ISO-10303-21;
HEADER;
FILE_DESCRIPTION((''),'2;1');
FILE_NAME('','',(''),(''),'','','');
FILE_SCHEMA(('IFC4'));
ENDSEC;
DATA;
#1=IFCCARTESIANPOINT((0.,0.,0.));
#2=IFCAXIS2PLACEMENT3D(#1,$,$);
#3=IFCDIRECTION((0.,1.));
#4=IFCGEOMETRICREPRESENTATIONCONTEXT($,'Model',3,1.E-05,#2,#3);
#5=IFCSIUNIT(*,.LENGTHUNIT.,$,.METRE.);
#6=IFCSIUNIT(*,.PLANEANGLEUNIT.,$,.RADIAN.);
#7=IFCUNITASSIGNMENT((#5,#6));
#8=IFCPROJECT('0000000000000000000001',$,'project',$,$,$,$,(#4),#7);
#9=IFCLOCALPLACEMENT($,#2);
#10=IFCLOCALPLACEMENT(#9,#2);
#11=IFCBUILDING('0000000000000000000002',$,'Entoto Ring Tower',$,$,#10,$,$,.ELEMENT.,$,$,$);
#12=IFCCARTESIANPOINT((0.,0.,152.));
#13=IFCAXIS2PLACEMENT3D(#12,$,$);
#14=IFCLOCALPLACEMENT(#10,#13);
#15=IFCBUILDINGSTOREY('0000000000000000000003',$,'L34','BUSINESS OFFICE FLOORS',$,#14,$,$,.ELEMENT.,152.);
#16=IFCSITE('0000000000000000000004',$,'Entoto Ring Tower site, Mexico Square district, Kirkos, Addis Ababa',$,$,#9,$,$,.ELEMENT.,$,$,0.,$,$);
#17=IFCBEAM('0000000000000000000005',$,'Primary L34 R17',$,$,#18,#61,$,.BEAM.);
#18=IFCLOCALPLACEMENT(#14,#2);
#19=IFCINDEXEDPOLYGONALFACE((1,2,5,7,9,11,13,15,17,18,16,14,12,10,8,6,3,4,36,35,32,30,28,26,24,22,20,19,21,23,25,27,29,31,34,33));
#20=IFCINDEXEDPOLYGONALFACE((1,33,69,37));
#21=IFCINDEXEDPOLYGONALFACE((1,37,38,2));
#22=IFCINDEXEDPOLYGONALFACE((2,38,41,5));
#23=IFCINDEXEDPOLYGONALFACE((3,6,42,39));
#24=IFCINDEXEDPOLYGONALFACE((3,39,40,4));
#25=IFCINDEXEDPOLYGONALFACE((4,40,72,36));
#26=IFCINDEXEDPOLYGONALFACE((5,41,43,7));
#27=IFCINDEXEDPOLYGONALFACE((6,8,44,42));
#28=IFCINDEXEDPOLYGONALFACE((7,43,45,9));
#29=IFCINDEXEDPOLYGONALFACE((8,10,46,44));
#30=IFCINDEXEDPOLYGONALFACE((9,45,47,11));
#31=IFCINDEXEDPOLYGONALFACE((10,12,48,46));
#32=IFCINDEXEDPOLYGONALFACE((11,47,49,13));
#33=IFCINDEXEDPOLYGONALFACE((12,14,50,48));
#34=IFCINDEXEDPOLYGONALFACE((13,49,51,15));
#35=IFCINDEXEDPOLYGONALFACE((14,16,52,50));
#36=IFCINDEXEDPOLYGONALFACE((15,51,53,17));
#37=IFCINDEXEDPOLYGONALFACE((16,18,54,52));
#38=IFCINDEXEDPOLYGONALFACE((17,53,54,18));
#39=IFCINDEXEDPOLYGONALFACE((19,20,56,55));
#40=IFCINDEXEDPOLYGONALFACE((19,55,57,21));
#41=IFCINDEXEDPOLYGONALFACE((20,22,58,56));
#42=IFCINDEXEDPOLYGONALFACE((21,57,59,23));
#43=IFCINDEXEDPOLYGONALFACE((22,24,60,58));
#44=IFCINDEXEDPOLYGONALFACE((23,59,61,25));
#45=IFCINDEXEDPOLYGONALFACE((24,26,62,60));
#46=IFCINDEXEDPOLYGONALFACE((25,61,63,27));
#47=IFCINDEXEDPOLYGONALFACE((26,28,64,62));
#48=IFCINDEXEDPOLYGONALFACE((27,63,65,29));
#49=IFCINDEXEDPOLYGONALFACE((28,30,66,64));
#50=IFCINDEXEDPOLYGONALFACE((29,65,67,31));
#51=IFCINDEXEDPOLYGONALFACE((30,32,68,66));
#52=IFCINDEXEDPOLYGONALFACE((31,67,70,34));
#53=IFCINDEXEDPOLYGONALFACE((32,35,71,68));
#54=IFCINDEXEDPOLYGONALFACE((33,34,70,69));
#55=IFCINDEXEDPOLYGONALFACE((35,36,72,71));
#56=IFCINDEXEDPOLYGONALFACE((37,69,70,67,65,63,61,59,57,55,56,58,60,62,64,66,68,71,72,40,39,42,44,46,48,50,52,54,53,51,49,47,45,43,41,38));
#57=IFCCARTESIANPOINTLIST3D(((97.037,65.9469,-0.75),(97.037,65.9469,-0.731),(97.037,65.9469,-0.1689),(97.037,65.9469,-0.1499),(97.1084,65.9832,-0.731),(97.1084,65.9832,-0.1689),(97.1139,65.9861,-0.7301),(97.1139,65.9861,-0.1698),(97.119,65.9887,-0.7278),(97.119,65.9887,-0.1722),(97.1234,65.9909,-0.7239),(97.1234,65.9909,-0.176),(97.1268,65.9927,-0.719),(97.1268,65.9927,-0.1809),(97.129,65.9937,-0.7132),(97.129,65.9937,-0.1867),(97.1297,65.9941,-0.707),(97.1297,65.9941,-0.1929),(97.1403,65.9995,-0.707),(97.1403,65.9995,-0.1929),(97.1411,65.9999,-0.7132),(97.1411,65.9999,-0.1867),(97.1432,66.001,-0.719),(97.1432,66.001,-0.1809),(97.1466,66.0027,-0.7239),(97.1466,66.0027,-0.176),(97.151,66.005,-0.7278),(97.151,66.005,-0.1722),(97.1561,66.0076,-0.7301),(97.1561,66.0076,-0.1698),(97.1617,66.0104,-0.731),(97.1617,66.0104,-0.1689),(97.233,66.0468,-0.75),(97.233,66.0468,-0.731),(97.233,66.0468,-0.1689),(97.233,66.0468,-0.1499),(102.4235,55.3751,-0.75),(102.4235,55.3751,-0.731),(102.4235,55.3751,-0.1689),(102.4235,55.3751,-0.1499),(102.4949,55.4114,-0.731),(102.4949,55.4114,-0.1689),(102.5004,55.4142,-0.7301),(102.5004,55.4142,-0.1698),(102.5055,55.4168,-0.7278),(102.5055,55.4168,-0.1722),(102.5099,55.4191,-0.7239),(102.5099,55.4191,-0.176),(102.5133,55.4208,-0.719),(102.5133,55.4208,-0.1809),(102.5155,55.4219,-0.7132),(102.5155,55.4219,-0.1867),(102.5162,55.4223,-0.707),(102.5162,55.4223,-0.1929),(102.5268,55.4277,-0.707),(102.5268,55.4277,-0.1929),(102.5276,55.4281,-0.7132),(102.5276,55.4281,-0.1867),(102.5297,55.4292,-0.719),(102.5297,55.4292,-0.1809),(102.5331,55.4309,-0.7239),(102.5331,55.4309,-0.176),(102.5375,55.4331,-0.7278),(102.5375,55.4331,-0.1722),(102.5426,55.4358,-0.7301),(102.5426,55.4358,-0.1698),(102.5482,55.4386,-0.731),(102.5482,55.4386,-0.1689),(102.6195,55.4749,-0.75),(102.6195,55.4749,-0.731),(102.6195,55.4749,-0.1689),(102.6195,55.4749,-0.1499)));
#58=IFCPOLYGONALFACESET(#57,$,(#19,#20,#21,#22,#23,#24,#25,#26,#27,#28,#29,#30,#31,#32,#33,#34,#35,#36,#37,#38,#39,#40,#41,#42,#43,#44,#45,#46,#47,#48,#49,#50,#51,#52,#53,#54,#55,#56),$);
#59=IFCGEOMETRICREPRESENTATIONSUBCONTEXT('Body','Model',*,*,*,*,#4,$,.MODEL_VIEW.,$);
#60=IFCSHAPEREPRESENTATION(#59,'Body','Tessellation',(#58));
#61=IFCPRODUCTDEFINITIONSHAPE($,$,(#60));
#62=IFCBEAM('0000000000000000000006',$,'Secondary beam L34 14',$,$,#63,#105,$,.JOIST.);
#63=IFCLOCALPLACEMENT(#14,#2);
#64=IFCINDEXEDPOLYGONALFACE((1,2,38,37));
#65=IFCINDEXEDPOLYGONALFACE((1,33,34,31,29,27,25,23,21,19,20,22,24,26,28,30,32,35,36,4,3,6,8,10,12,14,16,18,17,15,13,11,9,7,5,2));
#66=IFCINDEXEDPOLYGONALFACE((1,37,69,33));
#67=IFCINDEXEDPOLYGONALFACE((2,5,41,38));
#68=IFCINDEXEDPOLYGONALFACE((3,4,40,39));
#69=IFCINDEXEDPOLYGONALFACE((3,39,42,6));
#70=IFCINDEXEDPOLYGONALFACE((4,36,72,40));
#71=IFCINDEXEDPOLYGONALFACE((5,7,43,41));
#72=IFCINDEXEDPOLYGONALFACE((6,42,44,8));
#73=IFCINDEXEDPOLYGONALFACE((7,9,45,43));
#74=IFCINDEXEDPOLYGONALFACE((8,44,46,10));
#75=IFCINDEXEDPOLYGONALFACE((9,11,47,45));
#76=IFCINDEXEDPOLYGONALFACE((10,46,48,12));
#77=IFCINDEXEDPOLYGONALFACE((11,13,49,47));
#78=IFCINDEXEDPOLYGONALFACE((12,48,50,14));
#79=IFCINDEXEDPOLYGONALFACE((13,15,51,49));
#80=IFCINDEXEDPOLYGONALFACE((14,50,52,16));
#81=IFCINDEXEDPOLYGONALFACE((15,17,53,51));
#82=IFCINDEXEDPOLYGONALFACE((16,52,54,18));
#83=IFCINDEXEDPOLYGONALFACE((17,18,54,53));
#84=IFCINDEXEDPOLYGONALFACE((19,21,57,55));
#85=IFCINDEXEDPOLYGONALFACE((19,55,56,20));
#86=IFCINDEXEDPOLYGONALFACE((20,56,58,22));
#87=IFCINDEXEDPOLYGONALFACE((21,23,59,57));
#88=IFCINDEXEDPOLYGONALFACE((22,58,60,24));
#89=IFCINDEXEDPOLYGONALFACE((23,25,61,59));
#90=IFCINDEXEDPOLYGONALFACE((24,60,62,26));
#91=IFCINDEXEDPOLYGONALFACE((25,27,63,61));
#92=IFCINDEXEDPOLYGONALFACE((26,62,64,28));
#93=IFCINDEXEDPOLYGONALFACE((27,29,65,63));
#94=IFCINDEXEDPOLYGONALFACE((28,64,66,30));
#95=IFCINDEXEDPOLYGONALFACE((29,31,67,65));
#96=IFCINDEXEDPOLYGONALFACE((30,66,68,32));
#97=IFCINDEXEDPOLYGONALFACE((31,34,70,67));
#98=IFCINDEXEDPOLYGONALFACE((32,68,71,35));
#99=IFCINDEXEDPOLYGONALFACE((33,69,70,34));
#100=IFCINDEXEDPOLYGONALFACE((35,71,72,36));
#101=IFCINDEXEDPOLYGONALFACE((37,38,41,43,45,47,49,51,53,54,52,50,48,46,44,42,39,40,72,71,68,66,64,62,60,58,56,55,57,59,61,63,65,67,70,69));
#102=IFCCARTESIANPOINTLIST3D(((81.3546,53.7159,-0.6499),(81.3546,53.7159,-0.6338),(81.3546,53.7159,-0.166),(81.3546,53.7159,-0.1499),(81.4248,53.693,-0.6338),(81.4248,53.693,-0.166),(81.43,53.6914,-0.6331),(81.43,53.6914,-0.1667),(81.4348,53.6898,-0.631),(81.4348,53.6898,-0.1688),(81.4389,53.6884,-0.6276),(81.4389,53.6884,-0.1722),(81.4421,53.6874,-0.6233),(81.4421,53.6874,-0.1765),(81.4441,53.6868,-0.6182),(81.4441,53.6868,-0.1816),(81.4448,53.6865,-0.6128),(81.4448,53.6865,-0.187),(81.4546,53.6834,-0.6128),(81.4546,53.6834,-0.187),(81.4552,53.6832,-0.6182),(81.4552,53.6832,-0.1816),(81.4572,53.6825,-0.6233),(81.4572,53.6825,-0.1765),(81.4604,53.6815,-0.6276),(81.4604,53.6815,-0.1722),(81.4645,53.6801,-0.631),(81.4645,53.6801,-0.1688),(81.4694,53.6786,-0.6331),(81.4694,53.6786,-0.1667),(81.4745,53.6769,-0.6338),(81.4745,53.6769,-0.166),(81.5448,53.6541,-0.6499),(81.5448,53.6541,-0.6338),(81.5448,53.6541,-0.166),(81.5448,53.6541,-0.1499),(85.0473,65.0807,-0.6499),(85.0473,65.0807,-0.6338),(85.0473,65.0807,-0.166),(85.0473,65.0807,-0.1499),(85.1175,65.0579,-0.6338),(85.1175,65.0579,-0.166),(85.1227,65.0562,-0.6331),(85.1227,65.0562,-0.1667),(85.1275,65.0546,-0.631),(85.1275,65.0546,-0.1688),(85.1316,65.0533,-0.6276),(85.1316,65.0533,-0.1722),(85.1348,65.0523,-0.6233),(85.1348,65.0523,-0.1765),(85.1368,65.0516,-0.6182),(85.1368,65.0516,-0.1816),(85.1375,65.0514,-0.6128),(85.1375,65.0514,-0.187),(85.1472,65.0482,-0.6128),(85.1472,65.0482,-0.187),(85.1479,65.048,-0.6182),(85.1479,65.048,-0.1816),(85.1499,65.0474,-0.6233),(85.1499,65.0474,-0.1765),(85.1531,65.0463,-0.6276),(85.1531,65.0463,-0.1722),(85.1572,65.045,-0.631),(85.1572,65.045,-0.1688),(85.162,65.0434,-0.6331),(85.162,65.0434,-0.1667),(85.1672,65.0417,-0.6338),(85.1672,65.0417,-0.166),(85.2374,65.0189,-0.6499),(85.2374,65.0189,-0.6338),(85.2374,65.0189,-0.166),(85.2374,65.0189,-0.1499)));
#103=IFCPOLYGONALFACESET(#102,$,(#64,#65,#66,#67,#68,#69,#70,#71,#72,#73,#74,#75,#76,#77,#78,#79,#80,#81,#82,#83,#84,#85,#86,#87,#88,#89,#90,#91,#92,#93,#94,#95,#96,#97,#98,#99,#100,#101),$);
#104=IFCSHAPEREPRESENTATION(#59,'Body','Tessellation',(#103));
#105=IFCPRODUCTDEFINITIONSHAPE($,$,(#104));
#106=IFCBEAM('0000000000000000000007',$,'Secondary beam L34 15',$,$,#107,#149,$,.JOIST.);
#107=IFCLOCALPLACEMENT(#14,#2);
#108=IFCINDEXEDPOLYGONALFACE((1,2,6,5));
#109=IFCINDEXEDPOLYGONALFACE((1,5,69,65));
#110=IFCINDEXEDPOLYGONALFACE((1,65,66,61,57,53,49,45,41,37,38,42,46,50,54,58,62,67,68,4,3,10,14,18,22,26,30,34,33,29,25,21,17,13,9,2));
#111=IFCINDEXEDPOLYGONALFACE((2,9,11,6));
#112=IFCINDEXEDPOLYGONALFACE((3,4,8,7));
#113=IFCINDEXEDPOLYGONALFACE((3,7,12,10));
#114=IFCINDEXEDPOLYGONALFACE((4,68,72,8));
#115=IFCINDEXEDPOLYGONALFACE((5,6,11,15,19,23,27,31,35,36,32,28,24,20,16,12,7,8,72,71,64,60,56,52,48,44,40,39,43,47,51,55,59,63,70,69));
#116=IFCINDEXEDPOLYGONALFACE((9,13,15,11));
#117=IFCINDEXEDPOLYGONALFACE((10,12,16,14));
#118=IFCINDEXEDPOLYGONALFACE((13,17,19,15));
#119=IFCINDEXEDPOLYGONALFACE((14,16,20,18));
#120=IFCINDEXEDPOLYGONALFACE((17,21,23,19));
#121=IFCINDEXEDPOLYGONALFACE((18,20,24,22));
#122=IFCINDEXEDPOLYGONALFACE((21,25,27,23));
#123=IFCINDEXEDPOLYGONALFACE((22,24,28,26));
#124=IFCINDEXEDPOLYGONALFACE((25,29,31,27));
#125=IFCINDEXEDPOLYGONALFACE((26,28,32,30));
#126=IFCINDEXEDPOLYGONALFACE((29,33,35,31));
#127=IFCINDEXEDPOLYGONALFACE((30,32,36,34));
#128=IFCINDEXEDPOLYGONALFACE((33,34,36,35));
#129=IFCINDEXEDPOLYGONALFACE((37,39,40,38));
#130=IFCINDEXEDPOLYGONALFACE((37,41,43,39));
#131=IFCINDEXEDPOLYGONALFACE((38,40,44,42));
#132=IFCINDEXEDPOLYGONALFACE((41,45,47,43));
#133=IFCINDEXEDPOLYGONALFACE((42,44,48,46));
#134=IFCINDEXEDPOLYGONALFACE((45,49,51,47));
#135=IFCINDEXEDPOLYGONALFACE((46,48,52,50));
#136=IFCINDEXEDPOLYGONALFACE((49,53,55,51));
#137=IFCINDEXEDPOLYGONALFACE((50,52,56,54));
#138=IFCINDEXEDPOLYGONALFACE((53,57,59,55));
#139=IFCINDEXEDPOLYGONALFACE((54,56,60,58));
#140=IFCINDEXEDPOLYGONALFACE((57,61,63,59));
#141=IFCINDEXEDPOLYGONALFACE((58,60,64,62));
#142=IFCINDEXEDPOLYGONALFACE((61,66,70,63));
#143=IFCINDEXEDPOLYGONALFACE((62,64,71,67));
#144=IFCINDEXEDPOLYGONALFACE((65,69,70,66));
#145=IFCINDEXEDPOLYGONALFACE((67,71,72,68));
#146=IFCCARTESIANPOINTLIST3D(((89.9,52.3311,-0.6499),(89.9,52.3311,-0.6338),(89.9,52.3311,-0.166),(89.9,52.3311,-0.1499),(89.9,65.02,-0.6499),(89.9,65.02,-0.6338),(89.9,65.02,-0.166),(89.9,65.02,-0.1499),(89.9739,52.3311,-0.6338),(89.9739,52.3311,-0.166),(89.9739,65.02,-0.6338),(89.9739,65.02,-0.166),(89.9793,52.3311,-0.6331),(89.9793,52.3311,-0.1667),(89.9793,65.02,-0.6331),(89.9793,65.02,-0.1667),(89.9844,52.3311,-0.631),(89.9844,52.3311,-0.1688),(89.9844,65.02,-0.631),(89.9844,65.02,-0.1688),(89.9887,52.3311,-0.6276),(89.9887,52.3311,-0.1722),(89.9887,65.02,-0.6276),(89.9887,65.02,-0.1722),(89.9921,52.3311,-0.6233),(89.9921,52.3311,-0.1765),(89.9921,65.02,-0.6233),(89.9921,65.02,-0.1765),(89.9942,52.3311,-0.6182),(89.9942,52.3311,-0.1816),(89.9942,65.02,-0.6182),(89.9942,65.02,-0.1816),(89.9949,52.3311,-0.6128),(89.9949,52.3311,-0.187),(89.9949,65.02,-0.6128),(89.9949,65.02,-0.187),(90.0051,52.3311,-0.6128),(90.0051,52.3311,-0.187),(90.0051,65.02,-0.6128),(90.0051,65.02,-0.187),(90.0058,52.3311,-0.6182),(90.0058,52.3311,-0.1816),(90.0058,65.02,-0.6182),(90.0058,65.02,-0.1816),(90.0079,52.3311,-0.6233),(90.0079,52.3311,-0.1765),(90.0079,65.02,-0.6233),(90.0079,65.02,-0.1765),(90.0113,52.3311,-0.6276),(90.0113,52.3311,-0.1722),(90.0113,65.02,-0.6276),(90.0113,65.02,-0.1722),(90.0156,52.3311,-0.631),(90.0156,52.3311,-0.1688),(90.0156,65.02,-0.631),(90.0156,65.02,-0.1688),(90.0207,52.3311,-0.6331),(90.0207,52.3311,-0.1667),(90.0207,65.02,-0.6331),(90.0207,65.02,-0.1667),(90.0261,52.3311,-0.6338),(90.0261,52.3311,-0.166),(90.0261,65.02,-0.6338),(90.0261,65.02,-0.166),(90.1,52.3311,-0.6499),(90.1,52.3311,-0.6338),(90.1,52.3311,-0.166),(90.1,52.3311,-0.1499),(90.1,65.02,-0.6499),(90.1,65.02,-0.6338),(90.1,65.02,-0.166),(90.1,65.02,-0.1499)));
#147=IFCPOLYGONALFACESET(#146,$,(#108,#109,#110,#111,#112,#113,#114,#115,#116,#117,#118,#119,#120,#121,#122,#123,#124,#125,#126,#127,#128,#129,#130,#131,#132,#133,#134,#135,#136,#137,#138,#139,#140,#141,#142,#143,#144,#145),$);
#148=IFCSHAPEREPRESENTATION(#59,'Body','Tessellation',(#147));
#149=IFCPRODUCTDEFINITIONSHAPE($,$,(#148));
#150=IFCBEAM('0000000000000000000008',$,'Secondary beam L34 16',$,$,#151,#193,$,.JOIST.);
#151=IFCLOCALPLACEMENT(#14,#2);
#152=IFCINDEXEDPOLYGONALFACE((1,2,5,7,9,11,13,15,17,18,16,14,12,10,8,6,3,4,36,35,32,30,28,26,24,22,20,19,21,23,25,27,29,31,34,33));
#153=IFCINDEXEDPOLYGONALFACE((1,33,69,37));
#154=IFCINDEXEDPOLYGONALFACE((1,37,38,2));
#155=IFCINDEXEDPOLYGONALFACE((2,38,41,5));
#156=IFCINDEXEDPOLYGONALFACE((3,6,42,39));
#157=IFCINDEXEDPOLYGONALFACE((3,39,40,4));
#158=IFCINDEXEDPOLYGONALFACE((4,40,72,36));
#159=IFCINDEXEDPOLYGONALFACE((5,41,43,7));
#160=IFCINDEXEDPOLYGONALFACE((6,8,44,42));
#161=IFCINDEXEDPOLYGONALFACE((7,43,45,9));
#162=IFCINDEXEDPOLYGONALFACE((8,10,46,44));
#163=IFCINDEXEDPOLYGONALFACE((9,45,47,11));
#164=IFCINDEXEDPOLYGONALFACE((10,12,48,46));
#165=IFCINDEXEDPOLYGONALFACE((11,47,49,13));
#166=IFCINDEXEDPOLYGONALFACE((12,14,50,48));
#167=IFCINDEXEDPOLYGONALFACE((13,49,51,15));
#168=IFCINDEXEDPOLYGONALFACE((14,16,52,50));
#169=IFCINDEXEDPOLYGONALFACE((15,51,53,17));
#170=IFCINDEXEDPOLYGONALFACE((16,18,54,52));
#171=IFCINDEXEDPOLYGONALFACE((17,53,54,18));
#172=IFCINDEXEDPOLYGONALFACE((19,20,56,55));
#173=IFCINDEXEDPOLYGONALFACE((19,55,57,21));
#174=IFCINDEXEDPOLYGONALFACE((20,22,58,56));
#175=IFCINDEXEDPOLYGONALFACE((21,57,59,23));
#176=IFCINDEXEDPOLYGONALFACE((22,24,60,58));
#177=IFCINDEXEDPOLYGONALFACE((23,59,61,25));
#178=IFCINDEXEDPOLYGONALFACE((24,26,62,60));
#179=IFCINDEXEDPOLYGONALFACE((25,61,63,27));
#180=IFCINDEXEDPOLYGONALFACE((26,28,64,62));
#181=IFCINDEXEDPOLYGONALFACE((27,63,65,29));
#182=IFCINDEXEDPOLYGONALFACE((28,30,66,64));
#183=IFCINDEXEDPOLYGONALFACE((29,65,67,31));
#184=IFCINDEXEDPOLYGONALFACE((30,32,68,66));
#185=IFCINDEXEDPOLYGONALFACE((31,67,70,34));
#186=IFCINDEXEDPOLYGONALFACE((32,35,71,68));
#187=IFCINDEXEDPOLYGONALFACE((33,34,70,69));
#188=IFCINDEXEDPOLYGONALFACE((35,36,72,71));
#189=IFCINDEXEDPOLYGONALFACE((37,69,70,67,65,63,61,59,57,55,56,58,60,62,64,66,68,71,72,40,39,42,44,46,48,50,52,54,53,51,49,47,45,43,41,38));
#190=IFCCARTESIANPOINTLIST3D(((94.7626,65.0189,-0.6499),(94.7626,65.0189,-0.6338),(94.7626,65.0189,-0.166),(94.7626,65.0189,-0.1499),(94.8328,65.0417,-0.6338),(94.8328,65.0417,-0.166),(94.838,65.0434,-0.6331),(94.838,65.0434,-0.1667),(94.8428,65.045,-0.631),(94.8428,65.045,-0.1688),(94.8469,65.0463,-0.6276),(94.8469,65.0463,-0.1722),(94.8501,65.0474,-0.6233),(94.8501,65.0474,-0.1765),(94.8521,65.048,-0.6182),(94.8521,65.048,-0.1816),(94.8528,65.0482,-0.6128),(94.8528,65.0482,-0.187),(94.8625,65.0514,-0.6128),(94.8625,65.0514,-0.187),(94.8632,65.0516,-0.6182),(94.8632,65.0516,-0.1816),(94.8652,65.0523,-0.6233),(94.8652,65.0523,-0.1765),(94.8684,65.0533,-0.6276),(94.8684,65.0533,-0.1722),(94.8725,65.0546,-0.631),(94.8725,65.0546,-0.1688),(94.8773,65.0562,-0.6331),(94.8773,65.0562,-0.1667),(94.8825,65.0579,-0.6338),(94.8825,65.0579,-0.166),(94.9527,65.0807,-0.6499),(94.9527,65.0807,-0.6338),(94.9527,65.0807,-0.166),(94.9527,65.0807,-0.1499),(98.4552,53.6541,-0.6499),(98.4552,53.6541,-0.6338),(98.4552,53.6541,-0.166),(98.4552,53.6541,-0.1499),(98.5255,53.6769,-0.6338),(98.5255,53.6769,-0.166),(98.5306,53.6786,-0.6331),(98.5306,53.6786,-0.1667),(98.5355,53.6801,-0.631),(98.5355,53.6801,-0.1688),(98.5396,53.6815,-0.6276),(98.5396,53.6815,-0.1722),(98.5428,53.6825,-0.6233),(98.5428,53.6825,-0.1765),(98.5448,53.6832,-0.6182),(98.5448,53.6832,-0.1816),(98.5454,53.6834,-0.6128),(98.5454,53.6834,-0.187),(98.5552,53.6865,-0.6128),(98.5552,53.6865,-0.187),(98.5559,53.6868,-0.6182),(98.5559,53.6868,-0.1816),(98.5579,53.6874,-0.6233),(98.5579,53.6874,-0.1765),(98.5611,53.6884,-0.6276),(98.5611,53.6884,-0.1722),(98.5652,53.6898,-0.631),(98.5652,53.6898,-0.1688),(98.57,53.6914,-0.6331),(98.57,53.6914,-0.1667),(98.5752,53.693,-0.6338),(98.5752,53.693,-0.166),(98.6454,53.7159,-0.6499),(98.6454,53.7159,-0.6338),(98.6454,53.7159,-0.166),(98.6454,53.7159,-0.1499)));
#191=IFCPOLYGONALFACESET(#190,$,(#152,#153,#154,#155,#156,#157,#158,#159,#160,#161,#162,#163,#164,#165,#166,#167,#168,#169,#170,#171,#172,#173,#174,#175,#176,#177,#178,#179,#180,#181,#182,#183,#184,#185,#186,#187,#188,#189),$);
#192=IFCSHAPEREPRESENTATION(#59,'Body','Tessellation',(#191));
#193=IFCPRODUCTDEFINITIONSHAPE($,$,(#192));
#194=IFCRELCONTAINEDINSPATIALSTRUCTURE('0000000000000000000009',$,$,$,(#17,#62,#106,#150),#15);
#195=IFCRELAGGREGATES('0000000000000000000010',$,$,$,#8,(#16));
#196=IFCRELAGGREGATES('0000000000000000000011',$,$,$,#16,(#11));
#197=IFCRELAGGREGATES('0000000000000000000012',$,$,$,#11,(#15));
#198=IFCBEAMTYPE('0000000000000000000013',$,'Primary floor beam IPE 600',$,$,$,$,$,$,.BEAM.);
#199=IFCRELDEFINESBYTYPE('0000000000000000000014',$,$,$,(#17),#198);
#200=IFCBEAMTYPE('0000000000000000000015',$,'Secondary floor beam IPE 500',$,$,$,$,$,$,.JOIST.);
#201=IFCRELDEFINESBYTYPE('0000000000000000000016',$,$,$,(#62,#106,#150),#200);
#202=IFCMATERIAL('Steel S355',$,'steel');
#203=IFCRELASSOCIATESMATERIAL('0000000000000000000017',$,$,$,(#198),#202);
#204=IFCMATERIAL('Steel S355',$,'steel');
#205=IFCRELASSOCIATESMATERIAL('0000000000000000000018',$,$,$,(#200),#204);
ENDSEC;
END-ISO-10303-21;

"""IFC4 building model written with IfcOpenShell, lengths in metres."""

from ifc_helpers import new_model, si_unit, direction, frame, origin, origin_2d, place, context, subcontext, project, spatial, i_section, extrude, material, material_profile, profile_set, type_object, element, save


model = new_model("IFC4")

# Units and contexts
model_context = context("Model", 3, precision=1e-05, world=origin(), true_north=direction((0.0, 1.0)))
body_context = subcontext(model_context, "Body", "Model", "MODEL_VIEW")
ifc_project = project(units=[si_unit("LENGTHUNIT", "METRE"), si_unit("PLANEANGLEUNIT", "RADIAN")], contexts=[model_context])

# Site, building, storey
site_placement = place(None, origin())
site = spatial("IfcSite", under=ifc_project, at=site_placement, Name="Entoto Ring Tower site, Mexico Square district, Kirkos, Addis Ababa", CompositionType="ELEMENT", RefElevation=0.0)
building_placement = place(site_placement, origin())
building = spatial("IfcBuilding", under=site, at=building_placement, Name="Entoto Ring Tower", CompositionType="ELEMENT")
storey_placement = place(building_placement, frame((0.0, 0.0, 152.0)))
storey = spatial("IfcBuildingStorey", under=building, at=storey_placement, Name="L34", Description="BUSINESS OFFICE FLOORS", CompositionType="ELEMENT", Elevation=152.0)

# Beams
ifc_material_1 = material(Name="Steel S355", Category="steel")
ifc_material_profile_1 = material_profile(ifc_material_1, i_section(OverallWidth=0.22, OverallDepth=0.6001, WebThickness=0.012, FlangeThickness=0.019, FilletRadius=0.0239, at=origin_2d()), Name="IPE 600")
ifc_profile_set_1 = profile_set([ifc_material_profile_1], Name="Steel S355")
beam_type_1 = type_object("IfcBeamType", Name="Primary floor beam IPE 600", PredefinedType="BEAM", material=ifc_profile_set_1)
beam_1_placement = place(storey_placement, frame((97.135, 65.9968, -0.45), z_axis=(0.453983, -0.89101, 0.0), x_axis=(0.89101, 0.453983, 0.0)))
element("IfcBeam", 1, at=beam_1_placement, inside=storey, type_object=beam_type_1, Name="Primary L34 R17", PredefinedType="BEAM", context=body_context, shape_type="SweptSolid", body=[
    extrude(i_section(OverallWidth=0.22, OverallDepth=0.6001, WebThickness=0.012, FlangeThickness=0.019, FilletRadius=0.0239, at=origin_2d()), origin(), (0.0, 0.0, 1.0), 11.865),
])
ifc_material_2 = material(Name="Steel S355", Category="steel")
ifc_material_profile_2 = material_profile(ifc_material_2, i_section(OverallWidth=0.2, OverallDepth=0.5, WebThickness=0.0103, FlangeThickness=0.0161, FilletRadius=0.021, at=origin_2d()), Name="IPE 500")
ifc_profile_set_2 = profile_set([ifc_material_profile_2], Name="Steel S355")
beam_type_2 = type_object("IfcBeamType", Name="Secondary floor beam IPE 500", PredefinedType="JOIST", material=ifc_profile_set_2)
beam_2_placement = place(storey_placement, frame((85.1423, 65.0498, -0.3999), z_axis=(-0.309017, -0.951057, 0.0), x_axis=(0.951057, -0.309017, 0.0)))
element("IfcBeam", 2, at=beam_2_placement, inside=storey, type_object=beam_type_2, Name="Secondary beam L34 14", PredefinedType="JOIST", context=body_context, shape_type="SweptSolid", body=[
    extrude(i_section(OverallWidth=0.2, OverallDepth=0.5, WebThickness=0.0103, FlangeThickness=0.0161, FilletRadius=0.021, at=origin_2d()), origin(), (0.0, 0.0, 1.0), 11.9497),
])
beam_3_placement = place(storey_placement, frame((90.0, 65.02, -0.3999), z_axis=(0.0, -1.0, 0.0), x_axis=(1.0, 0.0, 0.0)))
element("IfcBeam", 3, at=beam_3_placement, inside=storey, type_object=beam_type_2, Name="Secondary beam L34 15", PredefinedType="JOIST", context=body_context, shape_type="SweptSolid", body=[
    extrude(i_section(OverallWidth=0.2, OverallDepth=0.5, WebThickness=0.0103, FlangeThickness=0.0161, FilletRadius=0.021, at=origin_2d()), origin(), (0.0, 0.0, 1.0), 12.689),
])
beam_4_placement = place(storey_placement, frame((94.8577, 65.0498, -0.3999), z_axis=(0.309017, -0.951057, 0.0), x_axis=(0.951057, 0.309017, 0.0)))
element("IfcBeam", 4, at=beam_4_placement, inside=storey, type_object=beam_type_2, Name="Secondary beam L34 16", PredefinedType="JOIST", context=body_context, shape_type="SweptSolid", body=[
    extrude(i_section(OverallWidth=0.2, OverallDepth=0.5, WebThickness=0.0103, FlangeThickness=0.0161, FilletRadius=0.021, at=origin_2d()), origin(), (0.0, 0.0, 1.0), 11.9497),
])

save(model, "model.ifc")
